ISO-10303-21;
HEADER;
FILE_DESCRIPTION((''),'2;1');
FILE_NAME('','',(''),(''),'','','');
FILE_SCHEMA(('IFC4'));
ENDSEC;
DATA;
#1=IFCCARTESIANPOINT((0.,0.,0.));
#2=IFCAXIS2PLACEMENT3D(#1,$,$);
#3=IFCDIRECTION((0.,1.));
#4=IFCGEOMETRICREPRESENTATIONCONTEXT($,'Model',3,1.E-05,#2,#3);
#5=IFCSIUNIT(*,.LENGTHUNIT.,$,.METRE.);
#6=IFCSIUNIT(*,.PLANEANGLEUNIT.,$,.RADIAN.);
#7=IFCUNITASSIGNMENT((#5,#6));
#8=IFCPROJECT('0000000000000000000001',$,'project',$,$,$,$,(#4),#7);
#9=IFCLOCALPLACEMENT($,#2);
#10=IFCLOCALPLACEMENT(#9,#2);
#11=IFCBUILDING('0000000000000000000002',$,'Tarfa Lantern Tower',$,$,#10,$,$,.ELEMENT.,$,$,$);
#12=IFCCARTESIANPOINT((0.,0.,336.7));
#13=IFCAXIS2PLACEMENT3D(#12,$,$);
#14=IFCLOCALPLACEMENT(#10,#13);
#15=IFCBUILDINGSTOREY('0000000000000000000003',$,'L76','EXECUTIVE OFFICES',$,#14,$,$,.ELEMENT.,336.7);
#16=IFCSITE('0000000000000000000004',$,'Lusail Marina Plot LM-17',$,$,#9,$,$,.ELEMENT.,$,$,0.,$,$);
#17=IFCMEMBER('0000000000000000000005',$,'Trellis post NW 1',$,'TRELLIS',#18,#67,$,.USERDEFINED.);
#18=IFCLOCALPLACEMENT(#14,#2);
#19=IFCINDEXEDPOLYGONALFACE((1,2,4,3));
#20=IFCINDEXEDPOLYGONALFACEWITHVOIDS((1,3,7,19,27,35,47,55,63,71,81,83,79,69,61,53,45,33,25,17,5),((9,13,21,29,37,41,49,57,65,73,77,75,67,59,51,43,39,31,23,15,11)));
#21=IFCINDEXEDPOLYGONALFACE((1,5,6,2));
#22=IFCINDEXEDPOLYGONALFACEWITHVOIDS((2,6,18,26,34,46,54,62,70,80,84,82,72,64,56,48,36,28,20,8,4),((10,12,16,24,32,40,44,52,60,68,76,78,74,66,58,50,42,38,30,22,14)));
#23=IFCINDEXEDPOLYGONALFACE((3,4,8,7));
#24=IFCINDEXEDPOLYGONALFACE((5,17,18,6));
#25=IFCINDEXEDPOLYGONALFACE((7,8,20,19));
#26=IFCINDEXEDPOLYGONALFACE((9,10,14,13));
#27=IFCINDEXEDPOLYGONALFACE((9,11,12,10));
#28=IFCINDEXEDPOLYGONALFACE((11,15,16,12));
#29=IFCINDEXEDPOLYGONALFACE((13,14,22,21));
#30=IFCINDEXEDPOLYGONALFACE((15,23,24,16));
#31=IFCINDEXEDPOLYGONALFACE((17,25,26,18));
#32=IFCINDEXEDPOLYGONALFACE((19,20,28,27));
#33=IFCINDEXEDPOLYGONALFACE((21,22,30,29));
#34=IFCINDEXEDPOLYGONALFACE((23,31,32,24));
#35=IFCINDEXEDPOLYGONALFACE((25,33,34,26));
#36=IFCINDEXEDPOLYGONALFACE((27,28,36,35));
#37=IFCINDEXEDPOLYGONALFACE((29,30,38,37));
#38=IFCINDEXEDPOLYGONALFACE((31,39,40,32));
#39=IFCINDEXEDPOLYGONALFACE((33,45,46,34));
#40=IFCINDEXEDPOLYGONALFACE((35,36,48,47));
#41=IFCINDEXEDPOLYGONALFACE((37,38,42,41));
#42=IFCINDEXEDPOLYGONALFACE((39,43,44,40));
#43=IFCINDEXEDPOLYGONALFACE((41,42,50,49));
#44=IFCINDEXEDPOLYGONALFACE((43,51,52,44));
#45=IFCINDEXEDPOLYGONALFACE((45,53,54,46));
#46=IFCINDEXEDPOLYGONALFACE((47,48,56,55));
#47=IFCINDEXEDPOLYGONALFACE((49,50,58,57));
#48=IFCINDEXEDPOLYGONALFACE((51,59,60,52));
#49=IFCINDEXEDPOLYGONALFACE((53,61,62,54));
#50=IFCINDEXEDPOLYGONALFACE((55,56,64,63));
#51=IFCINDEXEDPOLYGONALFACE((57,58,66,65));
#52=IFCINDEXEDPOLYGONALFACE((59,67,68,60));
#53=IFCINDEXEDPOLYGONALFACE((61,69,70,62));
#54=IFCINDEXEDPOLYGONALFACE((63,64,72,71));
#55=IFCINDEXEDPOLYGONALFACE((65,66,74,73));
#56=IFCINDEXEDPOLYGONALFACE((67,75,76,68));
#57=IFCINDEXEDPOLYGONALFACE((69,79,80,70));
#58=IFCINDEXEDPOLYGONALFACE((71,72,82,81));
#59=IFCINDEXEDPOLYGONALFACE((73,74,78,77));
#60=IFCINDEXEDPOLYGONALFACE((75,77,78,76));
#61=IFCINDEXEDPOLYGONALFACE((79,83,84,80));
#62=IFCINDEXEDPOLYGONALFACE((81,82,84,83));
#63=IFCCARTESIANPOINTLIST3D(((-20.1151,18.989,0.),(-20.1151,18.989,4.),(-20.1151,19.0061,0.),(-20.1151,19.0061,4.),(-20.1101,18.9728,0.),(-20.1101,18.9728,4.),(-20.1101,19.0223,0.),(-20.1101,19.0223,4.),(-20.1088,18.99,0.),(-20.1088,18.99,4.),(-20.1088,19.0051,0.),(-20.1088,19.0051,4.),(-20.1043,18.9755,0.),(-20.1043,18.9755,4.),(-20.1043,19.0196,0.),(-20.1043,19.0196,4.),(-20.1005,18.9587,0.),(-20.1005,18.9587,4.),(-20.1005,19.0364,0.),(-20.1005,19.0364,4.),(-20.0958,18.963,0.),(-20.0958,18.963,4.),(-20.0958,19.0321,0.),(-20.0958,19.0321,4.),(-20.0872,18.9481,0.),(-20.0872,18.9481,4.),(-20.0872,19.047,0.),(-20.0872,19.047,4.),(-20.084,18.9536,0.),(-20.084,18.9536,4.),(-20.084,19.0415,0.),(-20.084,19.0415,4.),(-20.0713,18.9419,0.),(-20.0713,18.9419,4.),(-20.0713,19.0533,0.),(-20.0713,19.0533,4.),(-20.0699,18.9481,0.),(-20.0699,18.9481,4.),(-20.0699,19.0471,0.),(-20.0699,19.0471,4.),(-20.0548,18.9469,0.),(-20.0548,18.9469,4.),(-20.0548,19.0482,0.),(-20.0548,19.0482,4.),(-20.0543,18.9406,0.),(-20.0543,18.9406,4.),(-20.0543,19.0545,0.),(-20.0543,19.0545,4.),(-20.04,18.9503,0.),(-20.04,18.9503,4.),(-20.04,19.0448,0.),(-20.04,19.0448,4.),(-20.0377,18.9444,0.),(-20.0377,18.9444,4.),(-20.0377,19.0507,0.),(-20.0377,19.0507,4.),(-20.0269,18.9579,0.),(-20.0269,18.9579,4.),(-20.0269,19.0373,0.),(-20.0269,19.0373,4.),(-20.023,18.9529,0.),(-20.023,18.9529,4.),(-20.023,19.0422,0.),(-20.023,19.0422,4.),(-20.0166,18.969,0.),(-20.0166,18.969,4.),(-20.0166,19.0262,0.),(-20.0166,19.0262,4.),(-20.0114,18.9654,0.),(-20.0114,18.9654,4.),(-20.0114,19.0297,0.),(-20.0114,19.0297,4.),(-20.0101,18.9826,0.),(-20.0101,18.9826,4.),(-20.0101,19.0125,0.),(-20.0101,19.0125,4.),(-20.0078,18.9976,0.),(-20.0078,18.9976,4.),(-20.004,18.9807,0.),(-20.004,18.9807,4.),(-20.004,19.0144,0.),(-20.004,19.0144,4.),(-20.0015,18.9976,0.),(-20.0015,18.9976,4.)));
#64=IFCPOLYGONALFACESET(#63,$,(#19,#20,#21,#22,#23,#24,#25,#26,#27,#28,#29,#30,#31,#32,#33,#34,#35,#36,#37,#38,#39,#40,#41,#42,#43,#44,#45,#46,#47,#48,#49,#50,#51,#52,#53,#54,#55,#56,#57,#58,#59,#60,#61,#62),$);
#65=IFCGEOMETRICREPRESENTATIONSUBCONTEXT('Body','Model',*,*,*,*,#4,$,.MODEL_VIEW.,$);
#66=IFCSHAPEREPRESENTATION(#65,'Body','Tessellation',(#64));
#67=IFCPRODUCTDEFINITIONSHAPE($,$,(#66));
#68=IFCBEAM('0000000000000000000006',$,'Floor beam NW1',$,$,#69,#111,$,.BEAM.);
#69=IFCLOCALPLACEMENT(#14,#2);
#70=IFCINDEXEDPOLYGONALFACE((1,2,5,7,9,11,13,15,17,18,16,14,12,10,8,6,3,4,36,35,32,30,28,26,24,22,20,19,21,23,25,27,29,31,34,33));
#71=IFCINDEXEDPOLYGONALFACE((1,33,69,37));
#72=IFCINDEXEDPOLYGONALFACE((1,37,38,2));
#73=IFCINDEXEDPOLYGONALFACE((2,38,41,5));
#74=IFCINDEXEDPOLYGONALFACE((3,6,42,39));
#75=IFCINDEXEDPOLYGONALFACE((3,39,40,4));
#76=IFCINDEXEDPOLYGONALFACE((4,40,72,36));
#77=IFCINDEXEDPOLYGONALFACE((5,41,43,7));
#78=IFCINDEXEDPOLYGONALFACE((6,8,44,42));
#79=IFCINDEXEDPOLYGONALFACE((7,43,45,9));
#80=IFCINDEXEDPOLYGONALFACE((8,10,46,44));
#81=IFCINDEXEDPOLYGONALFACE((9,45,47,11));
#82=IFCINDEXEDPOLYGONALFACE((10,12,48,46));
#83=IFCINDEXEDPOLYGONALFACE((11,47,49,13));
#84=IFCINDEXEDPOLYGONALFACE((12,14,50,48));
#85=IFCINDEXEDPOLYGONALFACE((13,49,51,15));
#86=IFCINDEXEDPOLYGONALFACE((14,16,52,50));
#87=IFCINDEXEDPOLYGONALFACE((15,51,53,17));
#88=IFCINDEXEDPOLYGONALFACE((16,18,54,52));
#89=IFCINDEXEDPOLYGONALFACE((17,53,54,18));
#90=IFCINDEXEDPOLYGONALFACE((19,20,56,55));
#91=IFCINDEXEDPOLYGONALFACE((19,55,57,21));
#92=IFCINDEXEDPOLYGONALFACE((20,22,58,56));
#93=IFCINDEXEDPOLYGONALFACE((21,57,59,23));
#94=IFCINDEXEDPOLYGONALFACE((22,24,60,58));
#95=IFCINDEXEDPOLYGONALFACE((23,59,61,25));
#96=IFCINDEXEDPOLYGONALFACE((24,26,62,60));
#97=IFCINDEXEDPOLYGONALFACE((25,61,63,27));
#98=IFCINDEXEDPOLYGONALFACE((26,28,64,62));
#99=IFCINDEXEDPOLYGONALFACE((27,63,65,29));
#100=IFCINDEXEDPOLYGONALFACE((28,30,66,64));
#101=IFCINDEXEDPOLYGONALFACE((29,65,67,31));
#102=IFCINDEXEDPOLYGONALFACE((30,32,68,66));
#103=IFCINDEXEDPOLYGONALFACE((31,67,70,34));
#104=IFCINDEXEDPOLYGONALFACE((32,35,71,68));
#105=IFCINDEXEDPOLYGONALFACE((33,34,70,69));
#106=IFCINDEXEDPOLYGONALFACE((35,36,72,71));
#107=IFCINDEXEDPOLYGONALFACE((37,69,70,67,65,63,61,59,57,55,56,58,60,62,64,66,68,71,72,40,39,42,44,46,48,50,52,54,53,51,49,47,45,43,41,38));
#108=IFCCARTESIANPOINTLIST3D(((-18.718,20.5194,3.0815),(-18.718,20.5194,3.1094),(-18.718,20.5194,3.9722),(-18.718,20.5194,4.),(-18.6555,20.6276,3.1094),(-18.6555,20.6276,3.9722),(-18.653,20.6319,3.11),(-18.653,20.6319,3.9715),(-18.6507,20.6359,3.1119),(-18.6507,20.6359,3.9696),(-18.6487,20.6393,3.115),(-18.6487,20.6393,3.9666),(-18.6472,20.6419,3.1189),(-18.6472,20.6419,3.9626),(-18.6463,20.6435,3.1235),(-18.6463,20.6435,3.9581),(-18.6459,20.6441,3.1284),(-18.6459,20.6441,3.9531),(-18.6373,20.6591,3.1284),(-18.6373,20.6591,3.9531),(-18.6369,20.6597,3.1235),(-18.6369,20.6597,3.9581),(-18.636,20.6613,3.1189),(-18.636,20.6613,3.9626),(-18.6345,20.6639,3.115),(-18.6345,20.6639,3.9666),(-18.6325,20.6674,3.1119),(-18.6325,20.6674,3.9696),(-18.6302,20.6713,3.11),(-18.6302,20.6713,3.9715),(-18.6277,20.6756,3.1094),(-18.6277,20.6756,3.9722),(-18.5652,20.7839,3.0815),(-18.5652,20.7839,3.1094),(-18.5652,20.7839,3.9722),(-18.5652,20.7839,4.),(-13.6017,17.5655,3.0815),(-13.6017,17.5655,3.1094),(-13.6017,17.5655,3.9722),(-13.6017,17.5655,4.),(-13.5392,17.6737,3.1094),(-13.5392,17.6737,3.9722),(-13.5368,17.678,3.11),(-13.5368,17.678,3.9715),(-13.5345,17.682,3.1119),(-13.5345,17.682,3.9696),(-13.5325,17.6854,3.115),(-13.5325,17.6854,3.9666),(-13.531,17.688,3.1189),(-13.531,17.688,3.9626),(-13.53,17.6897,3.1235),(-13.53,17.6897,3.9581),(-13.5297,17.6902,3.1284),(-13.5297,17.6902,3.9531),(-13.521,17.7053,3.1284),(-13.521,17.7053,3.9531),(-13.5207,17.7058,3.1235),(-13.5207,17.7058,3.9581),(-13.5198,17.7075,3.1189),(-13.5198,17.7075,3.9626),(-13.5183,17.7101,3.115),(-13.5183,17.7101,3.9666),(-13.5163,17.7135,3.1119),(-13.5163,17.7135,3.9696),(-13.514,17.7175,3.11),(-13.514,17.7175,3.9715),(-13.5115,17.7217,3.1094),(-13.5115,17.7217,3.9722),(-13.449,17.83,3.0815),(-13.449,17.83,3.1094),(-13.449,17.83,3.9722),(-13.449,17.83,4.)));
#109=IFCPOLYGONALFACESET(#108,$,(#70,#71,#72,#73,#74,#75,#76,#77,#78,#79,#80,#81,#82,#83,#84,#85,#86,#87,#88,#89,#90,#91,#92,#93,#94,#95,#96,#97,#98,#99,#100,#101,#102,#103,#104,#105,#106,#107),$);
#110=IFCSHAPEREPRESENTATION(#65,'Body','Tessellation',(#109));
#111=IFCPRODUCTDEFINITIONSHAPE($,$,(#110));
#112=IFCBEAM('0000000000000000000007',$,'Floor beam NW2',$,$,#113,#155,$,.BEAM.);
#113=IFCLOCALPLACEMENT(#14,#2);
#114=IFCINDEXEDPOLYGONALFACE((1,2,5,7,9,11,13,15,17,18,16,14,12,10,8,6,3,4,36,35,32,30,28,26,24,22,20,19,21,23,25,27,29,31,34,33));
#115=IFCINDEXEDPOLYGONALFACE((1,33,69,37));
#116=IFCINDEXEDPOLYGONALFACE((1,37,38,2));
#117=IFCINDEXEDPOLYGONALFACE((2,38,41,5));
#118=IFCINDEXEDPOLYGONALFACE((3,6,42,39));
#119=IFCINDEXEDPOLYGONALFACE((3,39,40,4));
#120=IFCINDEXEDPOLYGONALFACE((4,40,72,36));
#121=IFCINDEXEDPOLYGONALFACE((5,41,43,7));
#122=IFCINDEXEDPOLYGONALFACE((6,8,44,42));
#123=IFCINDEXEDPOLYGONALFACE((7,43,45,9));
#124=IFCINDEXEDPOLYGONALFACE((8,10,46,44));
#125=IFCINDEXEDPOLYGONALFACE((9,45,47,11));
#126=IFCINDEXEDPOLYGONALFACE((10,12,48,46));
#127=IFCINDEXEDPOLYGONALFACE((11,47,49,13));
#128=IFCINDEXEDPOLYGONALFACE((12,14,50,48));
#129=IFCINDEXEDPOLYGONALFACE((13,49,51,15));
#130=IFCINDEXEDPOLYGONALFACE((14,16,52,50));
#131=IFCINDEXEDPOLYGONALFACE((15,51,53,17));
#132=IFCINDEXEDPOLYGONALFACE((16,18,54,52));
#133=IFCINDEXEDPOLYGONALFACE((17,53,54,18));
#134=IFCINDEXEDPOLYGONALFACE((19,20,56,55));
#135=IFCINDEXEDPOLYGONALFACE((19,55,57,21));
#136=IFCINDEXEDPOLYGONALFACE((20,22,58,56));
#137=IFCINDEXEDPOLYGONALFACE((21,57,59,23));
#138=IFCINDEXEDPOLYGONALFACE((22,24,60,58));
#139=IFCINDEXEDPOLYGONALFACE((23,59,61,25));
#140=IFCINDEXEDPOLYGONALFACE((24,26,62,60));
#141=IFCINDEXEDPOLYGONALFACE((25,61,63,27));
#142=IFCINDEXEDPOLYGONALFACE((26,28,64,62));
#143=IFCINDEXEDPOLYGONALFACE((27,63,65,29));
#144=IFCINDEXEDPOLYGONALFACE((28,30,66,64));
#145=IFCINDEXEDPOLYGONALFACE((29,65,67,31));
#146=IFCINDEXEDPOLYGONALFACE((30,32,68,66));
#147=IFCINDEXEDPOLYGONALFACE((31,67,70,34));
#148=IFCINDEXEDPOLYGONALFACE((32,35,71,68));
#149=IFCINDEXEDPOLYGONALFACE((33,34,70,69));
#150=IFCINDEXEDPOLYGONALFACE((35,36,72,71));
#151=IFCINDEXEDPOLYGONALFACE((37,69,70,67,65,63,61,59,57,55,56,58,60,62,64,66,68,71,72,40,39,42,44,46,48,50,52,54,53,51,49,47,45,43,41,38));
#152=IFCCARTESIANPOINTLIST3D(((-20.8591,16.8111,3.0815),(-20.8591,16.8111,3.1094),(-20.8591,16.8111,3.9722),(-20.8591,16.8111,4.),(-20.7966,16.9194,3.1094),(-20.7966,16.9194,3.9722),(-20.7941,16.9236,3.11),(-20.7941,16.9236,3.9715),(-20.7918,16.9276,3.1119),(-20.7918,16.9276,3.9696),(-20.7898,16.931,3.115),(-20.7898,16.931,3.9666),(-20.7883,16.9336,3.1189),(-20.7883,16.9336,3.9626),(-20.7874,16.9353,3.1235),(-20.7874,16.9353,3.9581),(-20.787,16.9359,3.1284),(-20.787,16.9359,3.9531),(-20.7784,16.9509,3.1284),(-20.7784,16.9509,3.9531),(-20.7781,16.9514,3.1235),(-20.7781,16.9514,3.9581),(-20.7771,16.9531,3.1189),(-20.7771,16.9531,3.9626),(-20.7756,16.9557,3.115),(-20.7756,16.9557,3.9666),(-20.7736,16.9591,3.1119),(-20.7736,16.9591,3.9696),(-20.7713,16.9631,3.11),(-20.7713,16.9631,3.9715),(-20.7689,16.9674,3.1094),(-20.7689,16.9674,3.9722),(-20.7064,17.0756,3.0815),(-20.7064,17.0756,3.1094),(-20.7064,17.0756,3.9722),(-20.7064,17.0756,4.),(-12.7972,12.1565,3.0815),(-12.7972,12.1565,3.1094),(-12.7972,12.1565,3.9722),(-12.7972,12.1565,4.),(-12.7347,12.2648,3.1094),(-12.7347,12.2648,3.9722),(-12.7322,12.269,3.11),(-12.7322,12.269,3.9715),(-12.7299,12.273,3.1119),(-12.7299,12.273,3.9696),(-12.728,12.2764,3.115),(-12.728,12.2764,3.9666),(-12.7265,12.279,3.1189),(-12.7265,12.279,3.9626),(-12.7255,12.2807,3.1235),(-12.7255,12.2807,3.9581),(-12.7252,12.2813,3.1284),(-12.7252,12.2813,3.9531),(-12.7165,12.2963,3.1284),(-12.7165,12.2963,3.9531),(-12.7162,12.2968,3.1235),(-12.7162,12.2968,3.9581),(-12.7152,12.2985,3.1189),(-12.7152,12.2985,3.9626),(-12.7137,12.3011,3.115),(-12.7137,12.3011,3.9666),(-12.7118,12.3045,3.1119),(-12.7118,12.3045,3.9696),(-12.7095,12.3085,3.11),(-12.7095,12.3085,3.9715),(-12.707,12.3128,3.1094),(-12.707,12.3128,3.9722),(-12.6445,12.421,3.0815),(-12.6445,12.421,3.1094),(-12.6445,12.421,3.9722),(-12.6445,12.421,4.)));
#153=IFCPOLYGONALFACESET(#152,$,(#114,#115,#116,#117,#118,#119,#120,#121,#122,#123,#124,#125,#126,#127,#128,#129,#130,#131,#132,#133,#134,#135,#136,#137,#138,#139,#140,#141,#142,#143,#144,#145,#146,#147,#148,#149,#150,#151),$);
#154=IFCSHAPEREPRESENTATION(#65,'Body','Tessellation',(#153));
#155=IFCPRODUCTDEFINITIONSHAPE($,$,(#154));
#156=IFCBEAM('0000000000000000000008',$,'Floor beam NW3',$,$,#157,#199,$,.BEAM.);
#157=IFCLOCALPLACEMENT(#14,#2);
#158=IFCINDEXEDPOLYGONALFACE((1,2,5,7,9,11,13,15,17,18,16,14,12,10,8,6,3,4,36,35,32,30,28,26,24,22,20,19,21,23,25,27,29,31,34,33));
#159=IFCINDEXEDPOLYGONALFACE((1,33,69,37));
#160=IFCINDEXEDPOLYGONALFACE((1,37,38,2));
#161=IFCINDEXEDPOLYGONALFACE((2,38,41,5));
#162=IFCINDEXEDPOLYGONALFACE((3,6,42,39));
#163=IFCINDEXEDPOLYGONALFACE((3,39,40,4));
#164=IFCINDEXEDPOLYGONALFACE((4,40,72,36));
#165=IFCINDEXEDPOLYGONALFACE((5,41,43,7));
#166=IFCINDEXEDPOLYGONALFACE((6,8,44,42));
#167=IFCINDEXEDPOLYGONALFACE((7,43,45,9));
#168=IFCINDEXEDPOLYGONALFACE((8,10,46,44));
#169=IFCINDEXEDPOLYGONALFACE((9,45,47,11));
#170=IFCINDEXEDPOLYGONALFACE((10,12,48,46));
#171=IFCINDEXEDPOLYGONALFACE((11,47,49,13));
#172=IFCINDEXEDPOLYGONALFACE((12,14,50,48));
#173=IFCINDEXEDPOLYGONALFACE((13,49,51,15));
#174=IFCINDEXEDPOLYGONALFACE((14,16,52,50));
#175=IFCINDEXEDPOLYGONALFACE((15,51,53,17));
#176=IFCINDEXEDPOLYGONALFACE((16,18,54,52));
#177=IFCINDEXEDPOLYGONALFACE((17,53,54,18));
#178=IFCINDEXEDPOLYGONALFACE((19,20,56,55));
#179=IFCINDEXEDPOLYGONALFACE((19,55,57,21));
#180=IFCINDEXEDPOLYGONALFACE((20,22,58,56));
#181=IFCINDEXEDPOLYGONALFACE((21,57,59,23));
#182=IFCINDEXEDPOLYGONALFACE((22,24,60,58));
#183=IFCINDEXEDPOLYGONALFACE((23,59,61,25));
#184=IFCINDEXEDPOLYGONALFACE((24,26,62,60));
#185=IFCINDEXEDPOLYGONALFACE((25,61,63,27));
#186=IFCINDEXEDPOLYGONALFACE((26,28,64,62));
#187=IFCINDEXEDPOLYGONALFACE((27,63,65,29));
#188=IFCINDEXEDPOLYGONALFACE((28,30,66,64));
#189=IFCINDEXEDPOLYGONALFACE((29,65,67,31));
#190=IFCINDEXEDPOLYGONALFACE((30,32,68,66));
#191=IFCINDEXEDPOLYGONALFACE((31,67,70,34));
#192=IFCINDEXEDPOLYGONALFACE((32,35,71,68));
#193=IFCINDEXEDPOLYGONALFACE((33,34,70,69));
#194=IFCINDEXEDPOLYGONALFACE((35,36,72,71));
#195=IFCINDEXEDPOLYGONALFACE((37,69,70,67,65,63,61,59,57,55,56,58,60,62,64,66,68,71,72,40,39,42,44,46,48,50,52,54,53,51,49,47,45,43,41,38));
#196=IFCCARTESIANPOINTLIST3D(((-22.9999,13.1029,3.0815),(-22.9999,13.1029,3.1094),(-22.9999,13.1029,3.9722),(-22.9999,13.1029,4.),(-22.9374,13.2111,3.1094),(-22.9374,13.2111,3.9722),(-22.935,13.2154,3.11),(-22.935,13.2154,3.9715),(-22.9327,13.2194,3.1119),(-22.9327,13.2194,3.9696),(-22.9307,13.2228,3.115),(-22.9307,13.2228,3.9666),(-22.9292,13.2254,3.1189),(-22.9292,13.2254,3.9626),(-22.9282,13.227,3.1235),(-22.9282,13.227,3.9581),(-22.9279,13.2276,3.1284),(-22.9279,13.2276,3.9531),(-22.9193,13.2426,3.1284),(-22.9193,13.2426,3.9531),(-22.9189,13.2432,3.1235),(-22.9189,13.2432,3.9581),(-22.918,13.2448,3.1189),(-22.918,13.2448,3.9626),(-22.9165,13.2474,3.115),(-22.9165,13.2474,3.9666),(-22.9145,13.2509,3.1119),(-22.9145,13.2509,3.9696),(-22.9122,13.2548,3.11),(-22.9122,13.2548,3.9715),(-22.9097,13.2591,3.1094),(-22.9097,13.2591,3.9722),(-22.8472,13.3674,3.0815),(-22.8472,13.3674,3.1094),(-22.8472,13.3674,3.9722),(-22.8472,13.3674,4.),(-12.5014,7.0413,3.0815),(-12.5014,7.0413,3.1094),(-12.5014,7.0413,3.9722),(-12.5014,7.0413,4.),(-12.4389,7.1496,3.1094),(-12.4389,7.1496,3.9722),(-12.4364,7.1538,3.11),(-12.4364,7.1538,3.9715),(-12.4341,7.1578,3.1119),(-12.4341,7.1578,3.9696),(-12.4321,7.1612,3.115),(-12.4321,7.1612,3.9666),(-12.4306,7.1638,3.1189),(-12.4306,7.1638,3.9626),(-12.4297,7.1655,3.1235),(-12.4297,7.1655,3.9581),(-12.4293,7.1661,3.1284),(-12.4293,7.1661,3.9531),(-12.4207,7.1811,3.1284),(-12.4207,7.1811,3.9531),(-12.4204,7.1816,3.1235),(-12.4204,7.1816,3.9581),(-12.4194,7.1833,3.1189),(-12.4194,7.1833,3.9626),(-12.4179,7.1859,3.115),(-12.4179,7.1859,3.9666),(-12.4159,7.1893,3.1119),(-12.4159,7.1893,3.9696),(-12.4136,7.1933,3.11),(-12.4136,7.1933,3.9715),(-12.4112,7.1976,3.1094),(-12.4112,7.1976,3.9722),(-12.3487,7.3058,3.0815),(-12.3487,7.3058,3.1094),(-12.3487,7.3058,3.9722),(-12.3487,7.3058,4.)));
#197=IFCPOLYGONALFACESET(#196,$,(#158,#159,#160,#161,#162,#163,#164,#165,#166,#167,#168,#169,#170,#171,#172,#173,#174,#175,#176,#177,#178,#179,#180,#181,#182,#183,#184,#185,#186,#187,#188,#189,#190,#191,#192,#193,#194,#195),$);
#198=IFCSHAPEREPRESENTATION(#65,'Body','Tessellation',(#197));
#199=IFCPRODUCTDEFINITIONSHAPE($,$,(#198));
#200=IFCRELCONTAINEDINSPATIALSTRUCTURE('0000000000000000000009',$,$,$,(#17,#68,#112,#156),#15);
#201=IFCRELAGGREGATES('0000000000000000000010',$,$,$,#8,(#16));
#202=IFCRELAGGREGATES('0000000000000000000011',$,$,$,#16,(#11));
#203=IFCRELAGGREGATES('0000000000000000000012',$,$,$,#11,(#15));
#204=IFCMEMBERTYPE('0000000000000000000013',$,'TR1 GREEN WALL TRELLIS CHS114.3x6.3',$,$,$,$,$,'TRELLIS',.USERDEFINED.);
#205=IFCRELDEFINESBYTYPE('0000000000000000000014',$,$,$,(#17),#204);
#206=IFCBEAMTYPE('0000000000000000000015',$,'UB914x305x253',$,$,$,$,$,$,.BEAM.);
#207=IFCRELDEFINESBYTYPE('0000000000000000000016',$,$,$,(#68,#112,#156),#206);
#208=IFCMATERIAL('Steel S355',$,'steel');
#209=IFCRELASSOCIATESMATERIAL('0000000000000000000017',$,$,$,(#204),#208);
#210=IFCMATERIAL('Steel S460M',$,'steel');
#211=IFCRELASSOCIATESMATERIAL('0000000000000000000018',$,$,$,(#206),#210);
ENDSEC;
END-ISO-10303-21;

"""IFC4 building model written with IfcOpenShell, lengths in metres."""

from ifc_helpers import new_model, si_unit, direction, frame, origin, origin_2d, place, context, subcontext, project, spatial, hollow_circle, i_section, extrude, material, material_profile, profile_set, type_object, element, save


model = new_model("IFC4")

# Units and contexts
model_context = context("Model", 3, precision=1e-05, world=origin(), true_north=direction((0.0, 1.0)))
body_context = subcontext(model_context, "Body", "Model", "MODEL_VIEW")
ifc_project = project(units=[si_unit("LENGTHUNIT", "METRE"), si_unit("PLANEANGLEUNIT", "RADIAN")], contexts=[model_context])

# Site, building, storey
site_placement = place(None, origin())
site = spatial("IfcSite", under=ifc_project, at=site_placement, Name="Lusail Marina Plot LM-17", CompositionType="ELEMENT", RefElevation=0.0)
building_placement = place(site_placement, origin())
building = spatial("IfcBuilding", under=site, at=building_placement, Name="Tarfa Lantern Tower", CompositionType="ELEMENT")
storey_placement = place(building_placement, frame((0.0, 0.0, 336.7)))
storey = spatial("IfcBuildingStorey", under=building, at=storey_placement, Name="L76", Description="EXECUTIVE OFFICES", CompositionType="ELEMENT", Elevation=336.7)

# Member
ifc_material_1 = material(Name="Steel S355", Category="steel")
ifc_material_profile_1 = material_profile(ifc_material_1, hollow_circle(Radius=0.0571, WallThickness=0.0063, at=origin_2d()), Name="CHS114.3x6.3")
ifc_profile_set_1 = profile_set([ifc_material_profile_1], Name="Steel S355")
member_type_1 = type_object("IfcMemberType", Name="TR1 GREEN WALL TRELLIS CHS114.3x6.3", ElementType="TRELLIS", PredefinedType="USERDEFINED", material=ifc_profile_set_1)
member_1_placement = place(storey_placement, frame((-20.0586, 18.9976, 0.0), z_axis=(0.0, 0.0, 1.0), x_axis=(1.0, 0.0, 0.0)))
element("IfcMember", 1, at=member_1_placement, inside=storey, type_object=member_type_1, Name="Trellis post NW 1", ObjectType="TRELLIS", PredefinedType="USERDEFINED", context=body_context, shape_type="SweptSolid", body=[
    extrude(hollow_circle(Radius=0.0571, WallThickness=0.0063, at=origin_2d()), origin(), (0.0, 0.0, 1.0), 4.0),
])

# Beams
ifc_material_2 = material(Name="Steel S460M", Category="steel")
ifc_material_profile_2 = material_profile(ifc_material_2, i_section(OverallWidth=0.3054, OverallDepth=0.9185, WebThickness=0.0173, FlangeThickness=0.0278, FilletRadius=0.019, at=origin_2d()), Name="UB914x305x253")
ifc_profile_set_2 = profile_set([ifc_material_profile_2], Name="Steel S460M")
beam_type_1 = type_object("IfcBeamType", Name="UB914x305x253", PredefinedType="BEAM", material=ifc_profile_set_2)
beam_1_placement = place(storey_placement, frame((-18.6416, 20.6516, 3.5408), z_axis=(0.866025, -0.500001, 0.0), x_axis=(0.500001, 0.866025, 0.0)))
element("IfcBeam", 2, at=beam_1_placement, inside=storey, type_object=beam_type_1, Name="Floor beam NW1", PredefinedType="BEAM", context=body_context, shape_type="SweptSolid", body=[
    extrude(i_section(OverallWidth=0.3054, OverallDepth=0.9185, WebThickness=0.0173, FlangeThickness=0.0278, FilletRadius=0.019, at=origin_2d()), origin(), (0.0, 0.0, 1.0), 5.9077),
])
beam_2_placement = place(storey_placement, frame((-20.7827, 16.9434, 3.5408), z_axis=(0.866022, -0.500006, 0.0), x_axis=(0.500006, 0.866022, 0.0)))
element("IfcBeam", 3, at=beam_2_placement, inside=storey, type_object=beam_type_1, Name="Floor beam NW2", PredefinedType="BEAM", context=body_context, shape_type="SweptSolid", body=[
    extrude(i_section(OverallWidth=0.3054, OverallDepth=0.9185, WebThickness=0.0173, FlangeThickness=0.0278, FilletRadius=0.019, at=origin_2d()), origin(), (0.0, 0.0, 1.0), 9.3091),
])
beam_3_placement = place(storey_placement, frame((-22.9236, 13.2351, 3.5408), z_axis=(0.866019, -0.500012, 0.0), x_axis=(0.500012, 0.866019, 0.0)))
element("IfcBeam", 4, at=beam_3_placement, inside=storey, type_object=beam_type_1, Name="Floor beam NW3", PredefinedType="BEAM", context=body_context, shape_type="SweptSolid", body=[
    extrude(i_section(OverallWidth=0.3054, OverallDepth=0.9185, WebThickness=0.0173, FlangeThickness=0.0278, FilletRadius=0.019, at=origin_2d()), origin(), (0.0, 0.0, 1.0), 12.1228),
])

save(model, "model.ifc")
